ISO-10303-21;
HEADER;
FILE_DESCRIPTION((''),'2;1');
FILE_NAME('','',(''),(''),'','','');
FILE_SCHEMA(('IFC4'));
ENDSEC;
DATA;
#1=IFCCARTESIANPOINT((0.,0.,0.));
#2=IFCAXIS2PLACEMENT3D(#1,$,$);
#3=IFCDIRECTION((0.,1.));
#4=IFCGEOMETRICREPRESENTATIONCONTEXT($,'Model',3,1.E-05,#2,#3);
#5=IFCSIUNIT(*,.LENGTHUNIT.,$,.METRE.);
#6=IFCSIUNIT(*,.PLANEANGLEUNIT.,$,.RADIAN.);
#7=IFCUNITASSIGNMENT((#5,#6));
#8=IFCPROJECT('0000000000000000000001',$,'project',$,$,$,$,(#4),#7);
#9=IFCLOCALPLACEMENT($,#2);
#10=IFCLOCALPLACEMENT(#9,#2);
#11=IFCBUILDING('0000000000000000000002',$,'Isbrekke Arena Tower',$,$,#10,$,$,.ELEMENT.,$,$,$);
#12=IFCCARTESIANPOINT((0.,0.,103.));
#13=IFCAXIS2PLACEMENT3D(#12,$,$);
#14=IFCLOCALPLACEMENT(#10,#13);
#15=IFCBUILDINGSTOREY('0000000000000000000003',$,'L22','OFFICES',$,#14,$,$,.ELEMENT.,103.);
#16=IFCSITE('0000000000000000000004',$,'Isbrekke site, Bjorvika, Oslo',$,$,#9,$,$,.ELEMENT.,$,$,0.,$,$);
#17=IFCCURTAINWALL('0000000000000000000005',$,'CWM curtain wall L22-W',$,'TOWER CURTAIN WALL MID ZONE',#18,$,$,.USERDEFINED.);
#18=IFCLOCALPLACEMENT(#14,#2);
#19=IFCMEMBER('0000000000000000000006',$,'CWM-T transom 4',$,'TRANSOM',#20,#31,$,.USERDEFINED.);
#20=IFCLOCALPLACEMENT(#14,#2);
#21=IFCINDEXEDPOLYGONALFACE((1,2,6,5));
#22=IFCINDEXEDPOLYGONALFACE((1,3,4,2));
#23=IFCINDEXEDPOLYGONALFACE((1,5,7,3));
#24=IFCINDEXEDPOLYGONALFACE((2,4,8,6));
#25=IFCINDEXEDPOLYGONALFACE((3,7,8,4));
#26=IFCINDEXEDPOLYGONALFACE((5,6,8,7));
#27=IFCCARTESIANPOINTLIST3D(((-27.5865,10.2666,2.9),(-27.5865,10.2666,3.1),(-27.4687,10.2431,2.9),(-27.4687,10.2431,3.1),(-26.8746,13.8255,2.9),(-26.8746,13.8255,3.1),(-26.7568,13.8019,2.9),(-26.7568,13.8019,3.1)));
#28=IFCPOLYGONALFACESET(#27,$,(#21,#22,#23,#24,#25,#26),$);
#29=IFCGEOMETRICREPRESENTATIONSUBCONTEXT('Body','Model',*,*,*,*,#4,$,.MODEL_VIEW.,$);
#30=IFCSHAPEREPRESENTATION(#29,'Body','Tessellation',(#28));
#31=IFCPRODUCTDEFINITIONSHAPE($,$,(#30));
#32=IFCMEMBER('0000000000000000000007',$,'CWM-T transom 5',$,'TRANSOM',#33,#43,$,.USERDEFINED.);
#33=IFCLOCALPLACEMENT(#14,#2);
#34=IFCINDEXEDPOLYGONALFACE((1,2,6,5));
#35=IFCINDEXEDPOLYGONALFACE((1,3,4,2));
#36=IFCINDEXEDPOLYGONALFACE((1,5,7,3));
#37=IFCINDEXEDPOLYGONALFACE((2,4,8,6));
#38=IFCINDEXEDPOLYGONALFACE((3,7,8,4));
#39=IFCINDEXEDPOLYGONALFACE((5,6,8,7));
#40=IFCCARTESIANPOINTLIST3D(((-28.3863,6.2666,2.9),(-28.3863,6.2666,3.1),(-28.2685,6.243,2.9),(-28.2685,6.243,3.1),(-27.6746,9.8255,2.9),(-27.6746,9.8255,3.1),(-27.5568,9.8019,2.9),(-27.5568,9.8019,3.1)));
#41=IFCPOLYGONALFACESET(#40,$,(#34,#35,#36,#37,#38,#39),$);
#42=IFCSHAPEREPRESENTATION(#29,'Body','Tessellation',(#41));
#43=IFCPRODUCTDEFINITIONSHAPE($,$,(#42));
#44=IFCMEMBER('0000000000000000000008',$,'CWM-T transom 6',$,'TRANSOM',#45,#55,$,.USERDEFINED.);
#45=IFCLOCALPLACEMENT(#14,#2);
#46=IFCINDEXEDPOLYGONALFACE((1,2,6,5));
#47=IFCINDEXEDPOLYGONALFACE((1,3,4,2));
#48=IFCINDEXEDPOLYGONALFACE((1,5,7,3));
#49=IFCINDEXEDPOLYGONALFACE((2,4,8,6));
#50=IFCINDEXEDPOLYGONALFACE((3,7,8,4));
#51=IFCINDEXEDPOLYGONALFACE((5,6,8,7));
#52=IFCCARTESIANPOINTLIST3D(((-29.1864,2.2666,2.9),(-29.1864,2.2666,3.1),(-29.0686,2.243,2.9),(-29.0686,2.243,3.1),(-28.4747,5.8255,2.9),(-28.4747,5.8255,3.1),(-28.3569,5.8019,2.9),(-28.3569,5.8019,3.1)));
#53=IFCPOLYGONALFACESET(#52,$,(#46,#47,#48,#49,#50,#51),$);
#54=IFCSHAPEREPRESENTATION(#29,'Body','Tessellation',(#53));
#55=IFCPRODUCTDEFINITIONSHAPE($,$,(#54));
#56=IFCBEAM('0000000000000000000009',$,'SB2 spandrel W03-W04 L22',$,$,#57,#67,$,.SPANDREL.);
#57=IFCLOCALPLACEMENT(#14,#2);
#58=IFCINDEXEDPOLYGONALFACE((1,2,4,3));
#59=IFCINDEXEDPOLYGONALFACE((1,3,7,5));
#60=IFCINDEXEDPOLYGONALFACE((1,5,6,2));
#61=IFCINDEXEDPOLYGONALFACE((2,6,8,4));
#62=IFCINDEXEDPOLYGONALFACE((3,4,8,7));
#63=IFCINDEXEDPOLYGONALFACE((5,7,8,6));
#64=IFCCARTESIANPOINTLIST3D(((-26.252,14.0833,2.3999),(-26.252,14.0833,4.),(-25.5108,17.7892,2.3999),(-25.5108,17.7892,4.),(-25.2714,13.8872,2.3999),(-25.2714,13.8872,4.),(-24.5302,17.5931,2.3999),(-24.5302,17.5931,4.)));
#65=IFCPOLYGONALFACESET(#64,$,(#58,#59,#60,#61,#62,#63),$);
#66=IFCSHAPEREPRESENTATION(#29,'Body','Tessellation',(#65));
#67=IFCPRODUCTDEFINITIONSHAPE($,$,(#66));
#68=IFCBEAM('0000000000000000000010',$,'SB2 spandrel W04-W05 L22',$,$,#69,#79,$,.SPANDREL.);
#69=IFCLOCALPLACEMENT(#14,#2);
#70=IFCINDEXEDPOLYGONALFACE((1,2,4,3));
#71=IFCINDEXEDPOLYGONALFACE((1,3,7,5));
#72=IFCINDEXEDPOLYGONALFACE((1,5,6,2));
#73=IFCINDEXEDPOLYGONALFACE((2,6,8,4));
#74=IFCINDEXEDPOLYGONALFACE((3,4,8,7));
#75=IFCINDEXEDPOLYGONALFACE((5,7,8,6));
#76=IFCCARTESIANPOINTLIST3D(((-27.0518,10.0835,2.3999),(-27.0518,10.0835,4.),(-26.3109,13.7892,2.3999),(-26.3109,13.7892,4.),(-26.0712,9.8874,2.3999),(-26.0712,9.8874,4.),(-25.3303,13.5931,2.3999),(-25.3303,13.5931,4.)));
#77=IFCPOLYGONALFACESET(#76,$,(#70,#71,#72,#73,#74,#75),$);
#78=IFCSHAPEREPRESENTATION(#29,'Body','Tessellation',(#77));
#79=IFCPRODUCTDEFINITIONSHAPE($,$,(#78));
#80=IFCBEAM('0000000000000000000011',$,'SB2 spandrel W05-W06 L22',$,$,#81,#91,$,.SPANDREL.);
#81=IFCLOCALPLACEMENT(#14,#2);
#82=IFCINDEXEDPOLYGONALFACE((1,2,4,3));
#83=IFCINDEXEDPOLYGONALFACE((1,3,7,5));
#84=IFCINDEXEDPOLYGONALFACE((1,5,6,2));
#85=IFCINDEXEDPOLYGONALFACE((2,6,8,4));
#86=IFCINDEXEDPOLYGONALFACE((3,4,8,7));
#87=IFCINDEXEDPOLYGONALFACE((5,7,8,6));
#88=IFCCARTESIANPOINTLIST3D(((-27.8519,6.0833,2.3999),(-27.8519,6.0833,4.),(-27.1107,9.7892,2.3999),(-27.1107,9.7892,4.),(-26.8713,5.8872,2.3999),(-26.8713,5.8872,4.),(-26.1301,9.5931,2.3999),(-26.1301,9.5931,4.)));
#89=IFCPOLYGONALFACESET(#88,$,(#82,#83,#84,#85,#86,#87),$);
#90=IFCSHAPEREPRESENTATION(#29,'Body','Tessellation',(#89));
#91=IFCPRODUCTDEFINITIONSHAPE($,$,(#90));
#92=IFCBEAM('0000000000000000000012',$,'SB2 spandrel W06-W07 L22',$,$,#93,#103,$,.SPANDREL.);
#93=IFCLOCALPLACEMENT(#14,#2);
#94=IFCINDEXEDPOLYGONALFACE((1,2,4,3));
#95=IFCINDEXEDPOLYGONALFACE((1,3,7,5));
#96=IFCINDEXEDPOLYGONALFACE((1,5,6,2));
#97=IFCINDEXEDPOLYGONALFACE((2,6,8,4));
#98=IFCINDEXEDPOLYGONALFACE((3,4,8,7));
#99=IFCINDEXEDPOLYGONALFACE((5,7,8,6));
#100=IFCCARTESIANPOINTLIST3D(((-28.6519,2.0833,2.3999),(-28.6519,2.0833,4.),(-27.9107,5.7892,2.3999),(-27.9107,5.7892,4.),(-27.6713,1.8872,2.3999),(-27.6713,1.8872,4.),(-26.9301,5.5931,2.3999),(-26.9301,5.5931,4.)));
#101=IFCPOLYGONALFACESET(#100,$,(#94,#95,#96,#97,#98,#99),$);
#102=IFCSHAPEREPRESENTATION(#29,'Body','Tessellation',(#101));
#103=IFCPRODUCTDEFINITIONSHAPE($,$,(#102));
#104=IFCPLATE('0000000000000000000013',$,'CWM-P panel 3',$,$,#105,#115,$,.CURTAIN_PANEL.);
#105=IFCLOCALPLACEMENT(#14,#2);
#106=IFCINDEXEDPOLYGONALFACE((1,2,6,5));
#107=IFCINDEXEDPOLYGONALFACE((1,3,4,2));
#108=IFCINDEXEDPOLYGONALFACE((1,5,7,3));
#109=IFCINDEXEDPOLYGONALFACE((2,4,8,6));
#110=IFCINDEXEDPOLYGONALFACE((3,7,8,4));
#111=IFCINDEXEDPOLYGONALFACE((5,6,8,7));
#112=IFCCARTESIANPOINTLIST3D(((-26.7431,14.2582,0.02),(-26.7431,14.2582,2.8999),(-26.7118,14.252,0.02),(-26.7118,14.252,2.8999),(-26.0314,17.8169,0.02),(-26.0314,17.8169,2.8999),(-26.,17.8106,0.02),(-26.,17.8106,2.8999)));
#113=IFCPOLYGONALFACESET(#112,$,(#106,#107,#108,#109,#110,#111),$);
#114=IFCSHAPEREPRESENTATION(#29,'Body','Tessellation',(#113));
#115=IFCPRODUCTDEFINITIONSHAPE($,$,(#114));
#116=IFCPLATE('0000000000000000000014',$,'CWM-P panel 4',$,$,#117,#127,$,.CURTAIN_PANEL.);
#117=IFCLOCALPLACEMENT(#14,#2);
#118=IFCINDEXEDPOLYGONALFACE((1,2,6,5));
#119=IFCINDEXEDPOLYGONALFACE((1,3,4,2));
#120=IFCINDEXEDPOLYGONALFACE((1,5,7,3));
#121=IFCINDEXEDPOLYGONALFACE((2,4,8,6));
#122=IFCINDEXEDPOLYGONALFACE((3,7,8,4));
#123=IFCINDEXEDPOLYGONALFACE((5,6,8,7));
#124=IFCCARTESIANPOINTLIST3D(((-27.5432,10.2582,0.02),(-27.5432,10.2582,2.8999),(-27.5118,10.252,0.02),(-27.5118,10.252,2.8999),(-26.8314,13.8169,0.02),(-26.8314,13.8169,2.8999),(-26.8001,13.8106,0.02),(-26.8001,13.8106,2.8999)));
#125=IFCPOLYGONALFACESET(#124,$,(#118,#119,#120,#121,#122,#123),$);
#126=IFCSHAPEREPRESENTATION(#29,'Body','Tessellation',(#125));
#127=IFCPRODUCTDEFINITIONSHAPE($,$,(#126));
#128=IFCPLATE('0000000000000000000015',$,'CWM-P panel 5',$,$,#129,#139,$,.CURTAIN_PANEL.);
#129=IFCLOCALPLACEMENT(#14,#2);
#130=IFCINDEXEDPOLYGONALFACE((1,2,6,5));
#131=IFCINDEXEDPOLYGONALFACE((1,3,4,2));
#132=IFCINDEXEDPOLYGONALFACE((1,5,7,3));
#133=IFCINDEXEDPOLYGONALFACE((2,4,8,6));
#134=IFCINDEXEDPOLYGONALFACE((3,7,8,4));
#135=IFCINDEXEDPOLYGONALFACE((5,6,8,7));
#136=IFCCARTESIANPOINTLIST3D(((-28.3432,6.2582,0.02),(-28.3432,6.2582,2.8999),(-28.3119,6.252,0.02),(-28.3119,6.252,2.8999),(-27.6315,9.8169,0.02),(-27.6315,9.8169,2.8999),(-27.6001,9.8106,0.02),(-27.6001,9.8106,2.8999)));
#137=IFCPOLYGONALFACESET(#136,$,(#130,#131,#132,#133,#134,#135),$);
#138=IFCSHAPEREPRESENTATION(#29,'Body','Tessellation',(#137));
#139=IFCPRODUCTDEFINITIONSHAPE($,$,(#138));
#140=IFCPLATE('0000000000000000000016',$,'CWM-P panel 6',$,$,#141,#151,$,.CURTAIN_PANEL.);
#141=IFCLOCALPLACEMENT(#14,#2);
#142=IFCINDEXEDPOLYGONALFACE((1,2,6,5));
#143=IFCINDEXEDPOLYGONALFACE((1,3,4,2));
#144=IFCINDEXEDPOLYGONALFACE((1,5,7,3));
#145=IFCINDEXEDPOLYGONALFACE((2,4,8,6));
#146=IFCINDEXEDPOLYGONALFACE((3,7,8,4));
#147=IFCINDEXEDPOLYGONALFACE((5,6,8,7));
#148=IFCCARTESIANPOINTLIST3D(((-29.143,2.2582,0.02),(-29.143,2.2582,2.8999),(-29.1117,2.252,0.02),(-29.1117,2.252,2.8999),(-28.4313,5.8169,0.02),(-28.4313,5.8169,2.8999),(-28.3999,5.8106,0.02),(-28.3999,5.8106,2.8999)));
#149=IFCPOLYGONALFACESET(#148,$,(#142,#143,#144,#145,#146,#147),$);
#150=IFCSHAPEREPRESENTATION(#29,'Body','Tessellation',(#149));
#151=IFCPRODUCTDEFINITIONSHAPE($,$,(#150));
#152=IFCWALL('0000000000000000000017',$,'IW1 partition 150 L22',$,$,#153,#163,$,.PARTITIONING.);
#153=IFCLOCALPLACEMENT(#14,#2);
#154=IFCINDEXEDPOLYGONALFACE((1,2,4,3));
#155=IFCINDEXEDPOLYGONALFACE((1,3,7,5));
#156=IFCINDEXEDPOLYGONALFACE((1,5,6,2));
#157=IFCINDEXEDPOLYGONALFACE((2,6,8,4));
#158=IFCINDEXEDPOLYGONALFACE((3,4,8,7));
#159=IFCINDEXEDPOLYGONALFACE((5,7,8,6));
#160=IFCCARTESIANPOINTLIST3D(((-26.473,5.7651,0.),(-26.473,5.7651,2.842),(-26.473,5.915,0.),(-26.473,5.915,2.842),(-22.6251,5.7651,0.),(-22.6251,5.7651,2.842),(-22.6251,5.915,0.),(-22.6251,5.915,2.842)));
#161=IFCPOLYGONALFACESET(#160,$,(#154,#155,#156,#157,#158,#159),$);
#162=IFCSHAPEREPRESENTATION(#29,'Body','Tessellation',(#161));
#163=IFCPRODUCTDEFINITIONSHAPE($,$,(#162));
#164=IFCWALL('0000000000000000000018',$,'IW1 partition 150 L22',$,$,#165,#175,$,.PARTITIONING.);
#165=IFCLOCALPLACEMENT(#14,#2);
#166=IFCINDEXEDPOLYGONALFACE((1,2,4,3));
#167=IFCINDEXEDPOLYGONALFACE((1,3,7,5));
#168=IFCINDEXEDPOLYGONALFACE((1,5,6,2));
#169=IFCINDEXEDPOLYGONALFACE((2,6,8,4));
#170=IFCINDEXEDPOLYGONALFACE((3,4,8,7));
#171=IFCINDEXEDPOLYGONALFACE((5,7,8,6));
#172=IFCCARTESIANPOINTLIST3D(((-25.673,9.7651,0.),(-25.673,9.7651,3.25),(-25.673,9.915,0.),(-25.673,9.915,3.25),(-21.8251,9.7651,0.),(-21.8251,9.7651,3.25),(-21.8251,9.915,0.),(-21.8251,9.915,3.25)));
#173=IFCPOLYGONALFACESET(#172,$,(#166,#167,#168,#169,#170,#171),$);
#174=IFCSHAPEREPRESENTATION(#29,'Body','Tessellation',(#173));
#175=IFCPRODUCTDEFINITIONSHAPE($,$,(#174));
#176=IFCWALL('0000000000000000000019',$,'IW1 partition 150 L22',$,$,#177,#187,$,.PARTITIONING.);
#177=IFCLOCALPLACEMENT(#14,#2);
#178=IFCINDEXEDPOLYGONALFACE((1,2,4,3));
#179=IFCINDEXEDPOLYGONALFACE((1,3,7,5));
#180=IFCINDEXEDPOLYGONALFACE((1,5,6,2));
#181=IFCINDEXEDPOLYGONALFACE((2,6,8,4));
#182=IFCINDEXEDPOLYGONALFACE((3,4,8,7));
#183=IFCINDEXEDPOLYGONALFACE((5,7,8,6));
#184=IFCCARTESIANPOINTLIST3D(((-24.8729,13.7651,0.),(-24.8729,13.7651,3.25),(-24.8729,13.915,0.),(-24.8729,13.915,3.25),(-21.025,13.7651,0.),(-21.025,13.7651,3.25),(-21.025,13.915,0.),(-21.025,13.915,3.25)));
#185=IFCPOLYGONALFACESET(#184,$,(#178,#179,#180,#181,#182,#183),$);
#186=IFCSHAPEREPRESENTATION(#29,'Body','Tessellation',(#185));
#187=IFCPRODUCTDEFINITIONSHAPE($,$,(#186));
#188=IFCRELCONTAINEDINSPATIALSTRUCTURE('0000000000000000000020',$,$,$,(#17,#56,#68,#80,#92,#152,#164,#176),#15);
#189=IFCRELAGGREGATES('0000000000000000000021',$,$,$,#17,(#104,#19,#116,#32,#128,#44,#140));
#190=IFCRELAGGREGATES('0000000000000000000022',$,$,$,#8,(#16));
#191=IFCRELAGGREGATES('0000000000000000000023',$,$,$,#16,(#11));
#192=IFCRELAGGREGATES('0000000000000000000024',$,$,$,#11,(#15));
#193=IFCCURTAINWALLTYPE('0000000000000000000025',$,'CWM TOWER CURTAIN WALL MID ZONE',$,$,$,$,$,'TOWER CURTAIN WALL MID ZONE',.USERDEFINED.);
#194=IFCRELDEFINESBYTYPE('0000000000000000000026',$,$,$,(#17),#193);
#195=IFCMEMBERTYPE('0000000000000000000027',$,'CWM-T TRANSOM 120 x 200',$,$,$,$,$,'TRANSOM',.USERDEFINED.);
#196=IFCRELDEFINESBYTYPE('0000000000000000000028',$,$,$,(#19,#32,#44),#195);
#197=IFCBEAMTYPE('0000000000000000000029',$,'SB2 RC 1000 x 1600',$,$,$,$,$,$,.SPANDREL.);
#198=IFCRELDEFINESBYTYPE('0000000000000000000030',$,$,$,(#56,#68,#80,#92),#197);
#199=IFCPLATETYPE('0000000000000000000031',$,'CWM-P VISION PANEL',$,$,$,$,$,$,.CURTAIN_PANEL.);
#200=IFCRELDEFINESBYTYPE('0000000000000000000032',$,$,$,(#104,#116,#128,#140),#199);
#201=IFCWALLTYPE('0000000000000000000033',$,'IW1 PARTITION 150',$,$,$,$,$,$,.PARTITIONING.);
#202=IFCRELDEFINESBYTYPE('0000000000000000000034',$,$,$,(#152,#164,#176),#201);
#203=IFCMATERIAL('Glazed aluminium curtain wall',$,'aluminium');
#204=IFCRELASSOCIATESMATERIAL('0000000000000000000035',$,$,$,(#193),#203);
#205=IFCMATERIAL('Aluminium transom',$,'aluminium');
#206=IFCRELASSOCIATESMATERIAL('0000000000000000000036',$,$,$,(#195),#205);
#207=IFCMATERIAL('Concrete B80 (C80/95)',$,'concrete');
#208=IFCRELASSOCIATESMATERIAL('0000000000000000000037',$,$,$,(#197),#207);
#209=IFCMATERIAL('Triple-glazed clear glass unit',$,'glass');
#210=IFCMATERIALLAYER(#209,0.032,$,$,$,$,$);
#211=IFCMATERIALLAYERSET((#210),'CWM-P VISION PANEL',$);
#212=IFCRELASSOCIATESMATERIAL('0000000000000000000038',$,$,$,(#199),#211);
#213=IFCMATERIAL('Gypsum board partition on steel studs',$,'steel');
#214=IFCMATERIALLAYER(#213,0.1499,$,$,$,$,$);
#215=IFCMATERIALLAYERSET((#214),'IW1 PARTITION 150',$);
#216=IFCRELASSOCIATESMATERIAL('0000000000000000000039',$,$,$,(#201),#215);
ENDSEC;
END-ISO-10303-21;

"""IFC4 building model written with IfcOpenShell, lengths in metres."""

from ifc_helpers import new_model, si_unit, direction, frame, frame_2d, origin, origin_2d, place, context, subcontext, project, spatial, rectangle, extrude, material, layer, layer_set, material_profile, profile_set, type_object, element, aggregate, save


model = new_model("IFC4")

# Units and contexts
model_context = context("Model", 3, precision=1e-05, world=origin(), true_north=direction((0.0, 1.0)))
body_context = subcontext(model_context, "Body", "Model", "MODEL_VIEW")
ifc_project = project(units=[si_unit("LENGTHUNIT", "METRE"), si_unit("PLANEANGLEUNIT", "RADIAN")], contexts=[model_context])

# Site, building, storey
site_placement = place(None, origin())
site = spatial("IfcSite", under=ifc_project, at=site_placement, Name="Isbrekke site, Bjorvika, Oslo", CompositionType="ELEMENT", RefElevation=0.0)
building_placement = place(site_placement, origin())
building = spatial("IfcBuilding", under=site, at=building_placement, Name="Isbrekke Arena Tower", CompositionType="ELEMENT")
storey_placement = place(building_placement, frame((0.0, 0.0, 103.0)))
storey = spatial("IfcBuildingStorey", under=building, at=storey_placement, Name="L22", Description="OFFICES", CompositionType="ELEMENT", Elevation=103.0)

# Curtain wall, members
ifc_material_1 = material(Name="Glazed aluminium curtain wall", Category="aluminium")
curtain_wall_type = type_object("IfcCurtainWallType", Name="CWM TOWER CURTAIN WALL MID ZONE", ElementType="TOWER CURTAIN WALL MID ZONE", PredefinedType="USERDEFINED", material=ifc_material_1)
curtain_wall_placement = place(storey_placement, origin())
curtain_wall = element("IfcCurtainWall", 1, at=curtain_wall_placement, inside=storey, type_object=curtain_wall_type, Name="CWM curtain wall L22-W", ObjectType="TOWER CURTAIN WALL MID ZONE", PredefinedType="USERDEFINED")
ifc_material_2 = material(Name="Aluminium transom", Category="aluminium")
ifc_material_profile_1 = material_profile(ifc_material_2, rectangle(XDim=0.1201, YDim=0.2, at=origin_2d()), Name="TRANSOM 120X200")
ifc_profile_set_1 = profile_set([ifc_material_profile_1], Name="Aluminium transom")
member_type_1 = type_object("IfcMemberType", Name="CWM-T TRANSOM 120 x 200", ElementType="TRANSOM", PredefinedType="USERDEFINED", material=ifc_profile_set_1)
member_1_placement = place(storey_placement, frame((-26.8157, 13.8137, 3.0), z_axis=(-0.196155, -0.980573, 0.0), x_axis=(0.980573, -0.196155, 0.0)))
member_1 = element("IfcMember", 2, at=member_1_placement, type_object=member_type_1, Name="CWM-T transom 4", ObjectType="TRANSOM", PredefinedType="USERDEFINED", context=body_context, shape_type="SweptSolid", body=[
    extrude(rectangle(XDim=0.1201, YDim=0.2, at=origin_2d()), origin(), (0.0, 0.0, 1.0), 3.6294),
])
member_2_placement = place(storey_placement, frame((-27.6157, 9.8137, 3.0), z_axis=(-0.19609, -0.980586, 0.0), x_axis=(0.980586, -0.19609, 0.0)))
member_2 = element("IfcMember", 3, at=member_2_placement, type_object=member_type_1, Name="CWM-T transom 5", ObjectType="TRANSOM", PredefinedType="USERDEFINED", context=body_context, shape_type="SweptSolid", body=[
    extrude(rectangle(XDim=0.1201, YDim=0.2, at=origin_2d()), origin(), (0.0, 0.0, 1.0), 3.6294),
])
member_3_placement = place(storey_placement, frame((-28.4158, 5.8137, 3.0), z_axis=(-0.19609, -0.980586, 0.0), x_axis=(0.980586, -0.19609, 0.0)))
member_3 = element("IfcMember", 4, at=member_3_placement, type_object=member_type_1, Name="CWM-T transom 6", ObjectType="TRANSOM", PredefinedType="USERDEFINED", context=body_context, shape_type="SweptSolid", body=[
    extrude(rectangle(XDim=0.1201, YDim=0.2, at=origin_2d()), origin(), (0.0, 0.0, 1.0), 3.6294),
])

# Beams
ifc_material_3 = material(Name="Concrete B80 (C80/95)", Category="concrete")
ifc_material_profile_2 = material_profile(ifc_material_3, rectangle(XDim=1.0, YDim=1.6001, at=origin_2d()), Name="RC 1000x1600")
ifc_profile_set_2 = profile_set([ifc_material_profile_2], Name="Concrete B80 (C80/95)")
beam_type_1 = type_object("IfcBeamType", Name="SB2 RC 1000 x 1600", PredefinedType="SPANDREL", material=ifc_profile_set_2)
beam_1_placement = place(storey_placement, frame((-25.0205, 17.6912, 3.2), z_axis=(-0.196129, -0.980578, 0.0), x_axis=(0.980578, -0.196129, 0.0)))
element("IfcBeam", 5, at=beam_1_placement, inside=storey, type_object=beam_type_1, Name="SB2 spandrel W03-W04 L22", PredefinedType="SPANDREL", context=body_context, shape_type="SweptSolid", body=[
    extrude(rectangle(XDim=1.0, YDim=1.6001, at=origin_2d()), origin(), (0.0, 0.0, 1.0), 3.7793),
])
beam_2_placement = place(storey_placement, frame((-25.8206, 13.6912, 3.2), z_axis=(-0.196066, -0.980591, 0.0), x_axis=(0.980591, -0.196066, 0.0)))
element("IfcBeam", 6, at=beam_2_placement, inside=storey, type_object=beam_type_1, Name="SB2 spandrel W04-W05 L22", PredefinedType="SPANDREL", context=body_context, shape_type="SweptSolid", body=[
    extrude(rectangle(XDim=1.0, YDim=1.6001, at=origin_2d()), origin(), (0.0, 0.0, 1.0), 3.7791),
])
for number, where, z_axis, x_axis, name in (
    (7, (-26.6204, 9.6912, 3.2), (-0.196129, -0.980578, 0.0), (0.980578, -0.196129, 0.0), "SB2 spandrel W05-W06 L22"),
    (8, (-27.4204, 5.6912, 3.2), (-0.196129, -0.980578, 0.0), (0.980578, -0.196129, 0.0), "SB2 spandrel W06-W07 L22"),
):
    element("IfcBeam", number, at=place(storey_placement, frame(where, z_axis=z_axis, x_axis=x_axis)), inside=storey, type_object=beam_type_1, Name=name, PredefinedType="SPANDREL", context=body_context, shape_type="SweptSolid", body=[
        extrude(rectangle(XDim=1.0, YDim=1.6001, at=origin_2d()), origin(), (0.0, 0.0, 1.0), 3.7793),
    ])

# Plates
ifc_material_4 = material(Name="Triple-glazed clear glass unit", Category="glass")
ifc_layer_1 = layer(ifc_material_4, 0.032)
ifc_layer_set_1 = layer_set([ifc_layer_1], Name="CWM-P VISION PANEL")
plate_type = type_object("IfcPlateType", Name="CWM-P VISION PANEL", PredefinedType="CURTAIN_PANEL", material=ifc_layer_set_1)
plate_1_placement = place(storey_placement, frame((-26.3716, 16.0344, 0.02), z_axis=(0.0, 0.0, 1.0), x_axis=(-0.196116, -0.980581, 0.0)))
plate_1 = element("IfcPlate", 9, at=plate_1_placement, type_object=plate_type, Name="CWM-P panel 3", PredefinedType="CURTAIN_PANEL", context=body_context, shape_type="SweptSolid", body=[
    extrude(rectangle(XDim=3.6292, YDim=0.032, at=origin_2d()), origin(), (0.0, 0.0, 1.0), 2.8799),
])
plate_2_placement = place(storey_placement, frame((-27.1716, 12.0344, 0.02), z_axis=(0.0, 0.0, 1.0), x_axis=(-0.196116, -0.980581, 0.0)))
plate_2 = element("IfcPlate", 10, at=plate_2_placement, type_object=plate_type, Name="CWM-P panel 4", PredefinedType="CURTAIN_PANEL", context=body_context, shape_type="SweptSolid", body=[
    extrude(rectangle(XDim=3.6292, YDim=0.032, at=origin_2d()), origin(), (0.0, 0.0, 1.0), 2.8799),
])
plate_3_placement = place(storey_placement, frame((-27.9717, 8.0344, 0.02), z_axis=(0.0, 0.0, 1.0), x_axis=(-0.196116, -0.980581, 0.0)))
plate_3 = element("IfcPlate", 11, at=plate_3_placement, type_object=plate_type, Name="CWM-P panel 5", PredefinedType="CURTAIN_PANEL", context=body_context, shape_type="SweptSolid", body=[
    extrude(rectangle(XDim=3.6292, YDim=0.032, at=origin_2d()), origin(), (0.0, 0.0, 1.0), 2.8799),
])
plate_4_placement = place(storey_placement, frame((-28.7715, 4.0344, 0.02), z_axis=(0.0, 0.0, 1.0), x_axis=(-0.196116, -0.980581, 0.0)))
plate_4 = element("IfcPlate", 12, at=plate_4_placement, type_object=plate_type, Name="CWM-P panel 6", PredefinedType="CURTAIN_PANEL", context=body_context, shape_type="SweptSolid", body=[
    extrude(rectangle(XDim=3.6292, YDim=0.032, at=origin_2d()), origin(), (0.0, 0.0, 1.0), 2.8799),
])
aggregate(curtain_wall, [plate_1, member_1, plate_2, member_2, plate_3, member_3, plate_4])

# Walls
ifc_material_5 = material(Name="Gypsum board partition on steel studs", Category="steel")
ifc_layer_2 = layer(ifc_material_5, 0.1499)
ifc_layer_set_2 = layer_set([ifc_layer_2], Name="IW1 PARTITION 150")
wall_type = type_object("IfcWallType", Name="IW1 PARTITION 150", PredefinedType="PARTITIONING", material=ifc_layer_set_2)
wall_1_placement = place(storey_placement, frame((-26.4729, 5.8401, 0.0), z_axis=(0.0, 0.0, 1.0), x_axis=(1.0, 0.0, 0.0)))
element("IfcWall", 13, at=wall_1_placement, inside=storey, type_object=wall_type, Name="IW1 partition 150 L22", PredefinedType="PARTITIONING", context=body_context, shape_type="SweptSolid", body=[
    extrude(rectangle(XDim=3.8479, YDim=0.1499, at=frame_2d((1.9238, 0.0))), origin(), (0.0, 0.0, 1.0), 2.842),
])
for number, where, z_axis, x_axis, name in (
    (14, (-25.6729, 9.8401, 0.0), (0.0, 0.0, 1.0), (1.0, 0.0, 0.0), "IW1 partition 150 L22"),
    (15, (-24.8728, 13.8401, 0.0), (0.0, 0.0, 1.0), (1.0, 0.0, 0.0), "IW1 partition 150 L22"),
):
    element("IfcWall", number, at=place(storey_placement, frame(where, z_axis=z_axis, x_axis=x_axis)), inside=storey, type_object=wall_type, Name=name, PredefinedType="PARTITIONING", context=body_context, shape_type="SweptSolid", body=[
        extrude(rectangle(XDim=3.8479, YDim=0.1499, at=frame_2d((1.9238, 0.0))), origin(), (0.0, 0.0, 1.0), 3.25),
    ])

save(model, "model.ifc")
